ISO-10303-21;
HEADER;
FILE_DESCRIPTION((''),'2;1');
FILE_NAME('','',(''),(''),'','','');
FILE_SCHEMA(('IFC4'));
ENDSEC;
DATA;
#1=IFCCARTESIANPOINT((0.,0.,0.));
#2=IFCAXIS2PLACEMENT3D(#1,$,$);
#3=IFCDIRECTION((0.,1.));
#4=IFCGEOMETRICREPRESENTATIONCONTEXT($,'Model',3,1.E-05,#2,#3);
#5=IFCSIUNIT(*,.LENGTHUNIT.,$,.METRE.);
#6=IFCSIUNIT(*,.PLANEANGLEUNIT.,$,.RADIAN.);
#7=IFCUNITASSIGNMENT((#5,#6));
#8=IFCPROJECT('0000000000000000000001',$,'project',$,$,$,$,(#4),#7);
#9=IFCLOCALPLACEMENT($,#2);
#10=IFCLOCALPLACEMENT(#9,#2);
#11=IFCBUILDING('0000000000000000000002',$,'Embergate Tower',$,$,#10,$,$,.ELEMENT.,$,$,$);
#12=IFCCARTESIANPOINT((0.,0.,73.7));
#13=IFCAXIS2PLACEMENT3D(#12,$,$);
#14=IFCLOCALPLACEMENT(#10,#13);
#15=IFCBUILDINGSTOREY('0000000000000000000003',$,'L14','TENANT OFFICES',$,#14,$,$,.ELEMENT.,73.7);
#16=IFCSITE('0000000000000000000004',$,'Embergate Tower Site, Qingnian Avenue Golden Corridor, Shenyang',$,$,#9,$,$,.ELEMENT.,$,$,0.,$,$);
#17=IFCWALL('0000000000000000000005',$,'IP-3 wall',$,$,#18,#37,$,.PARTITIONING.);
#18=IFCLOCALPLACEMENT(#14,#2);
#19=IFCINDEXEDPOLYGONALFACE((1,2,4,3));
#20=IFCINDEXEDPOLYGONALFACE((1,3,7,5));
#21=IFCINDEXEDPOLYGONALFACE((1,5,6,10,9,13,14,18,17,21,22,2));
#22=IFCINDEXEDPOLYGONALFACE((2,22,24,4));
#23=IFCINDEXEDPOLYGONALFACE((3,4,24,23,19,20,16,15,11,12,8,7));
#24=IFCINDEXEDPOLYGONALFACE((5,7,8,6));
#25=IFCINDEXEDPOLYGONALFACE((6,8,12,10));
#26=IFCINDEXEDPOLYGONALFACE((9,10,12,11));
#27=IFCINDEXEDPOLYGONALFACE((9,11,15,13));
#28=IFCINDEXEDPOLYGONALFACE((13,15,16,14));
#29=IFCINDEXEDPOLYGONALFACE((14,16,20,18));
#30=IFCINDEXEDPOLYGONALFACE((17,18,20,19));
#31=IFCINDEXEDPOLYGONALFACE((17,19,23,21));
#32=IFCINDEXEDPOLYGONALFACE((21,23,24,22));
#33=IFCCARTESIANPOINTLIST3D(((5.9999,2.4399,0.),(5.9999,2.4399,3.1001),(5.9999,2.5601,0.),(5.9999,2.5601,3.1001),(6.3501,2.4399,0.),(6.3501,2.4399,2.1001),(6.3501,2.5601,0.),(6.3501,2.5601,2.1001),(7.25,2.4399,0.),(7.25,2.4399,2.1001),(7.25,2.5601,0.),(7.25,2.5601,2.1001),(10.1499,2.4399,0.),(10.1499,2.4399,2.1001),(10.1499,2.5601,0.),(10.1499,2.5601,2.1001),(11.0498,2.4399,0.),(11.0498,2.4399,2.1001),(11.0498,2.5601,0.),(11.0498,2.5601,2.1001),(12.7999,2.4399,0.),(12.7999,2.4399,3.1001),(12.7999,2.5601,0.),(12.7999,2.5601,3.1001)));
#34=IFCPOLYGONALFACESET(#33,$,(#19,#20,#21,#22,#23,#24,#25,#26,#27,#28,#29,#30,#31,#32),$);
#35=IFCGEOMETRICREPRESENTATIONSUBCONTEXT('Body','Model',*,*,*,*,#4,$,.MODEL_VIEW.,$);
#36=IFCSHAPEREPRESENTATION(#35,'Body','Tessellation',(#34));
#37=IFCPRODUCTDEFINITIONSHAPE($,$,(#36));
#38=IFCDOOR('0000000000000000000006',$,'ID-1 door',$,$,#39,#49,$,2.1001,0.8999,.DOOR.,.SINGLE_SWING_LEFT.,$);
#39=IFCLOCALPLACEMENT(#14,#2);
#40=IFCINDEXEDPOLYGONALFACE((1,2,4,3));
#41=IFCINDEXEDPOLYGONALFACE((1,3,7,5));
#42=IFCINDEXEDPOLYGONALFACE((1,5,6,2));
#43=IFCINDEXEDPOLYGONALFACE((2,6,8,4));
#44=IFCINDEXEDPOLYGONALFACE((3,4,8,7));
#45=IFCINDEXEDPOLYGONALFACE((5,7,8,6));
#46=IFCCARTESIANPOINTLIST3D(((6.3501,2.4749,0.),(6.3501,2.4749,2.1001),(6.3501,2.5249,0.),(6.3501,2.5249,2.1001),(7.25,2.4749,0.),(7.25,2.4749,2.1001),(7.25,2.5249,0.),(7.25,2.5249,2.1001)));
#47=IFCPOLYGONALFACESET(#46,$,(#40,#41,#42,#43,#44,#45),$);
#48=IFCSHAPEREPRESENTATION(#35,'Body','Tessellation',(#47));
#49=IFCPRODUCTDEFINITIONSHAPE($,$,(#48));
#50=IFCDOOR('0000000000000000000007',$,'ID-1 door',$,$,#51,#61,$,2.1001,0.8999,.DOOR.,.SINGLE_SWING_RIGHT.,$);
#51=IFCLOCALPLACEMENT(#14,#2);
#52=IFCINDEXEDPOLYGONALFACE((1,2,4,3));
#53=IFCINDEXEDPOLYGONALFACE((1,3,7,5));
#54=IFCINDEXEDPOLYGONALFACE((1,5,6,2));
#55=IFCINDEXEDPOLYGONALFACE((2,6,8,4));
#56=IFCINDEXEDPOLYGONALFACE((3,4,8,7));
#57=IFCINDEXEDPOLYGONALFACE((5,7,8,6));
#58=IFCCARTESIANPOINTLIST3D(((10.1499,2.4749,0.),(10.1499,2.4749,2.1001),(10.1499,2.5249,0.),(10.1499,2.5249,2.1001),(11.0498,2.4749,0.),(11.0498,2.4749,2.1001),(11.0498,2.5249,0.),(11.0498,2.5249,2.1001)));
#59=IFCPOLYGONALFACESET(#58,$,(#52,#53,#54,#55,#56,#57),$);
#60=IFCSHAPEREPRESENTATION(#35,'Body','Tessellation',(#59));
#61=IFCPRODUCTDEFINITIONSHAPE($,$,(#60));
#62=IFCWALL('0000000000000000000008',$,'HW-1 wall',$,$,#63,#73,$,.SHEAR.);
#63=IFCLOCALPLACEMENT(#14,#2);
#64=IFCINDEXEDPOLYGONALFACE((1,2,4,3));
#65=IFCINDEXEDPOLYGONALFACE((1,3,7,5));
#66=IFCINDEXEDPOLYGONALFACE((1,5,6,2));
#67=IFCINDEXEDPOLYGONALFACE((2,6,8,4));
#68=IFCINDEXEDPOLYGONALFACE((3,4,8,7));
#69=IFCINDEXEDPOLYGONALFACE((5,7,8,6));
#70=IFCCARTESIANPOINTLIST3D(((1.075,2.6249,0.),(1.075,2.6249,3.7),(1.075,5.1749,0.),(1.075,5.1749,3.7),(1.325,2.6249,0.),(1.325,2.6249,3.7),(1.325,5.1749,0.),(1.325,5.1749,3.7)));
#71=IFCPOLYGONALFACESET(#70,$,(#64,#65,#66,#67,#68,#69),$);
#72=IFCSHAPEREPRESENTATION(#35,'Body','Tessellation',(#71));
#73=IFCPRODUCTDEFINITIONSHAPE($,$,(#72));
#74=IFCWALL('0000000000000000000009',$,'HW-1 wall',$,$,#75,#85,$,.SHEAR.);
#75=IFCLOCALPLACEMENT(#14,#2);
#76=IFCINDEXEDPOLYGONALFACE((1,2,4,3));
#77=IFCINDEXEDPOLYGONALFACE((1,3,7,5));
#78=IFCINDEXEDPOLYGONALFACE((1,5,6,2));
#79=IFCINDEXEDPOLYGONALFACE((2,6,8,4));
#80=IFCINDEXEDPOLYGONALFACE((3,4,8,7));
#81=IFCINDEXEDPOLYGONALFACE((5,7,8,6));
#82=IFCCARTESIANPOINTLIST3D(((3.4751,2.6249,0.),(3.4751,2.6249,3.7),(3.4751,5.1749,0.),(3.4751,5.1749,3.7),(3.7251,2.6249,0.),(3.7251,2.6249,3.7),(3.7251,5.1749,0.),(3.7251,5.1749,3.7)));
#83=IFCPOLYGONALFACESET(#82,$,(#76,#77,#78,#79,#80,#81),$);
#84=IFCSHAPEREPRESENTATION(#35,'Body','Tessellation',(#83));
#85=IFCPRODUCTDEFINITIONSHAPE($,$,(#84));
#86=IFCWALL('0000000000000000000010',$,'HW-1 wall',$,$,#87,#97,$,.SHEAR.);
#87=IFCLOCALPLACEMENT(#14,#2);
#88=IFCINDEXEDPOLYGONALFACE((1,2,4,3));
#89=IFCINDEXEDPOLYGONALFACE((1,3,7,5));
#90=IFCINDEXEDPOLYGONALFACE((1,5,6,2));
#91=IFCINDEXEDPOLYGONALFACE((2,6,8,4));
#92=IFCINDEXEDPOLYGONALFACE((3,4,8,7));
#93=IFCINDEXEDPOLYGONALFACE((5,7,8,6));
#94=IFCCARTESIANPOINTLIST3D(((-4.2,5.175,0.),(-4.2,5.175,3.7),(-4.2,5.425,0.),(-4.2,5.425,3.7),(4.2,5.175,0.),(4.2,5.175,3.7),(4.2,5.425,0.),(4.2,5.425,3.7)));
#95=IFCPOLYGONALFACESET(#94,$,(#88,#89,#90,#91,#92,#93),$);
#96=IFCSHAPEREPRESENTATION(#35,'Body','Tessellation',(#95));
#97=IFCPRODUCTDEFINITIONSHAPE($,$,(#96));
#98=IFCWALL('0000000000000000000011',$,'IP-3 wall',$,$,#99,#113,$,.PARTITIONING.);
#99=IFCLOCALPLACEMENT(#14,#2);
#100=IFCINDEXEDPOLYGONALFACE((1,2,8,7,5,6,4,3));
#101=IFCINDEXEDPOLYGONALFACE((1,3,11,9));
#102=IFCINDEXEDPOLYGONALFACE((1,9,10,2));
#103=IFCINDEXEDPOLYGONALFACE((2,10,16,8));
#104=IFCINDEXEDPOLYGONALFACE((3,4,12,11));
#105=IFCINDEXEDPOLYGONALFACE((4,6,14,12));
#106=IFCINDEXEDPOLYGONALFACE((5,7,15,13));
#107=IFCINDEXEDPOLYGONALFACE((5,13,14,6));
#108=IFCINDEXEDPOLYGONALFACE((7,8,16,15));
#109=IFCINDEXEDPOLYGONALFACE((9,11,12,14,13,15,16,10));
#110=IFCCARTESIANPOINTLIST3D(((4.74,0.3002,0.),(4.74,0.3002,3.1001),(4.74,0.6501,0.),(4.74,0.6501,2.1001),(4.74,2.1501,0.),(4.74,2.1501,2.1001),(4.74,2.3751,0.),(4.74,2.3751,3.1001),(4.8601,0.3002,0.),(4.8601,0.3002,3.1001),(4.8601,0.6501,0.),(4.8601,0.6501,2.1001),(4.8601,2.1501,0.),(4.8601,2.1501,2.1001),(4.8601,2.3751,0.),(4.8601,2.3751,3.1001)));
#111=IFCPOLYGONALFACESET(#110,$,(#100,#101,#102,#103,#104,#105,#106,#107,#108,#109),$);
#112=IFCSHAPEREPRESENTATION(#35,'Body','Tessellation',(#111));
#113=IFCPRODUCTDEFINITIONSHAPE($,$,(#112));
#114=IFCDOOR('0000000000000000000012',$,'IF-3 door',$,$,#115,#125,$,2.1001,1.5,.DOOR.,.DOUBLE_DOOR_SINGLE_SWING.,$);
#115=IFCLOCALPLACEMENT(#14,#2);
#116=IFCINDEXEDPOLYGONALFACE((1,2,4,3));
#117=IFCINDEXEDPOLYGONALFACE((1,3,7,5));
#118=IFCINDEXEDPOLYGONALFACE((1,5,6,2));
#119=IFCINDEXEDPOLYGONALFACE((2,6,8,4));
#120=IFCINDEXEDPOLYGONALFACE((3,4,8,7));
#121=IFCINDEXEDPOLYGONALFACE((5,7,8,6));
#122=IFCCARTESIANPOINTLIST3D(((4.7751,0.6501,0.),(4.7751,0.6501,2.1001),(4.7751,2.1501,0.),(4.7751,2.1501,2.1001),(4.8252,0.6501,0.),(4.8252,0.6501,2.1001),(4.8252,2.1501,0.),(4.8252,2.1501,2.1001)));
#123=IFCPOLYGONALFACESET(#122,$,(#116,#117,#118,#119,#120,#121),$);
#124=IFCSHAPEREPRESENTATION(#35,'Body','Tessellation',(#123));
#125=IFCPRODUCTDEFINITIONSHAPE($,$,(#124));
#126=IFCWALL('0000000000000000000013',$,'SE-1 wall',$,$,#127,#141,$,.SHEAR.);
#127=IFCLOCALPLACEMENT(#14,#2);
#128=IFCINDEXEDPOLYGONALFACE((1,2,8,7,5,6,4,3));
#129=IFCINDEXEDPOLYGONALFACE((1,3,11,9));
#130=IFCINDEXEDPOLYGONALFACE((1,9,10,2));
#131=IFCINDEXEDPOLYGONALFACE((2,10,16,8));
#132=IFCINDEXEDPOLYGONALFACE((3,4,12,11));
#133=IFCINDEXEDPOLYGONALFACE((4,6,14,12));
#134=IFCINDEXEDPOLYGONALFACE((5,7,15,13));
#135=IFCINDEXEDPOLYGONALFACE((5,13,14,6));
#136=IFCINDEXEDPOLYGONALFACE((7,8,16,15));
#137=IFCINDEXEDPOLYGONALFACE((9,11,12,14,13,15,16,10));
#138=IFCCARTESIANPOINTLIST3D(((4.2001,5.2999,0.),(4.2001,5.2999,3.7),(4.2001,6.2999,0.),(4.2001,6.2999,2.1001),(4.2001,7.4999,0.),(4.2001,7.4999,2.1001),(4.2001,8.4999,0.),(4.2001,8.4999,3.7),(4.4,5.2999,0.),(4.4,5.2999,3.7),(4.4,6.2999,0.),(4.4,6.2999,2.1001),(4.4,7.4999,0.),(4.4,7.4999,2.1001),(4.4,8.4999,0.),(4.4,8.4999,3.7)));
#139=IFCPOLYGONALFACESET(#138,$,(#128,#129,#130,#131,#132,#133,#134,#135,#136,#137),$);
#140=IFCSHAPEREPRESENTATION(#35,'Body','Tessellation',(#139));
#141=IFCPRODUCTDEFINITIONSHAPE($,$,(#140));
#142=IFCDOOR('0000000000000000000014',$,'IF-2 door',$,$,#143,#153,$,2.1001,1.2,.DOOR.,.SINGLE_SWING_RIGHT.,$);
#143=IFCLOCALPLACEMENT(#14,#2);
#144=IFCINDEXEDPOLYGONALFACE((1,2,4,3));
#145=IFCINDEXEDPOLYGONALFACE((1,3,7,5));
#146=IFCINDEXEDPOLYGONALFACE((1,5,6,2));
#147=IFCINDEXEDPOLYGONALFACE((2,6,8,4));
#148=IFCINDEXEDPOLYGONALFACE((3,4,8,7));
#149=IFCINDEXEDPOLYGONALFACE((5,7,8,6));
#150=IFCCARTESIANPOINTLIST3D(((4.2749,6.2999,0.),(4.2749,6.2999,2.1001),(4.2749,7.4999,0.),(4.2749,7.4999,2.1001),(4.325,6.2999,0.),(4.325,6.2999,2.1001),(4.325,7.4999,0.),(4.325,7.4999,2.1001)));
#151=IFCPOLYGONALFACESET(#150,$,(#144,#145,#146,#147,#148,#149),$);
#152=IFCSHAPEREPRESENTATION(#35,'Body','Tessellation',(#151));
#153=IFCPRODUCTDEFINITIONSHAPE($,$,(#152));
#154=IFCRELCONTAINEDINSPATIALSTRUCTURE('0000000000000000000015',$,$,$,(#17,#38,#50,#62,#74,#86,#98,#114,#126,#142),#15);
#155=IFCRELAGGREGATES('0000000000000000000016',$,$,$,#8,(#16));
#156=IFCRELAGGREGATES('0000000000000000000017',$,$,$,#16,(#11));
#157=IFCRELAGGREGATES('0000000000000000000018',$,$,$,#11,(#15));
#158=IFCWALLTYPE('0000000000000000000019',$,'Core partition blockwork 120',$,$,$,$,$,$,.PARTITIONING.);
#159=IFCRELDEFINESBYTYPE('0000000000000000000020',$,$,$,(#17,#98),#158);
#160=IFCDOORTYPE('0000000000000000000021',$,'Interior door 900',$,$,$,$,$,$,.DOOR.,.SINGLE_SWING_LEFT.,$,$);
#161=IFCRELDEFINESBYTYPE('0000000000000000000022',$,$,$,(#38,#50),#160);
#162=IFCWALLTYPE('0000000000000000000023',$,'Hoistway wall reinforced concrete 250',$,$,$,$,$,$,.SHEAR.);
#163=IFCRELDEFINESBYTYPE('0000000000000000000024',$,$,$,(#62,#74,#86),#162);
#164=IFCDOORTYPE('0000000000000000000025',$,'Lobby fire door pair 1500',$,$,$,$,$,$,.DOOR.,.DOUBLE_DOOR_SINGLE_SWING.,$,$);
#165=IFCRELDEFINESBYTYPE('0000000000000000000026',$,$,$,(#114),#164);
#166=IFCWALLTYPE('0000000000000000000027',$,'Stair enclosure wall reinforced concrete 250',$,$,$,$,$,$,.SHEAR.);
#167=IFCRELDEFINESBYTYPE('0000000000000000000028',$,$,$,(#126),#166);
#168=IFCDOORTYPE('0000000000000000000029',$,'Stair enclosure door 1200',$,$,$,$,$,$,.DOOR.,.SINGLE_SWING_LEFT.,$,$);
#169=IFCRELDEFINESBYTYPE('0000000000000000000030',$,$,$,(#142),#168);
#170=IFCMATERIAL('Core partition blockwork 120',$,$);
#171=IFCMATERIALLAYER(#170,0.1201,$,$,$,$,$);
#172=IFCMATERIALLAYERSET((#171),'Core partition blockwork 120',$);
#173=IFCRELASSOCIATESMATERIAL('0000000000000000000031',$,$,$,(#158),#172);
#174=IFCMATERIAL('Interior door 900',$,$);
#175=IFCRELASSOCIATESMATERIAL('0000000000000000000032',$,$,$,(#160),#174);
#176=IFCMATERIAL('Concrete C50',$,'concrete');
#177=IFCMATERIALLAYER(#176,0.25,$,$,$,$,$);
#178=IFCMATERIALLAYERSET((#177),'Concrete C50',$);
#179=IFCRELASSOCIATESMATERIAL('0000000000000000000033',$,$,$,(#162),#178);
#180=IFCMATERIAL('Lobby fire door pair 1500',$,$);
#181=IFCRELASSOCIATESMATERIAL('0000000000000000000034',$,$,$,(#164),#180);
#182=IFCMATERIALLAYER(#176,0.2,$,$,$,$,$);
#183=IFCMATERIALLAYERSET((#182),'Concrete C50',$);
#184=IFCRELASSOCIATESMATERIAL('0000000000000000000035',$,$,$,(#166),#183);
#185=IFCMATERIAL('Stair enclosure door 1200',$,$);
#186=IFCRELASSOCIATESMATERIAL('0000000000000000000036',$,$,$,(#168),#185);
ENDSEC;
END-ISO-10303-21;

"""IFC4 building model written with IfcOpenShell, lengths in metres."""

from ifc_helpers import new_model, si_unit, direction, frame, frame_2d, origin, place, context, subcontext, project, spatial, rectangle, extrude, source, transform, mapped, material, layer, layer_set, type_object, element, fill, save


model = new_model("IFC4")

# Units and contexts
model_context = context("Model", 3, precision=1e-05, world=origin(), true_north=direction((0.0, 1.0)))
body_context = subcontext(model_context, "Body", "Model", "MODEL_VIEW")
ifc_project = project(units=[si_unit("LENGTHUNIT", "METRE"), si_unit("PLANEANGLEUNIT", "RADIAN")], contexts=[model_context])

# Site, building, storey
site_placement = place(None, origin())
site = spatial("IfcSite", under=ifc_project, at=site_placement, Name="Embergate Tower Site, Qingnian Avenue Golden Corridor, Shenyang", CompositionType="ELEMENT", RefElevation=0.0)
building_placement = place(site_placement, origin())
building = spatial("IfcBuilding", under=site, at=building_placement, Name="Embergate Tower", CompositionType="ELEMENT")
storey_placement = place(building_placement, frame((0.0, 0.0, 73.7)))
storey = spatial("IfcBuildingStorey", under=building, at=storey_placement, Name="L14", Description="TENANT OFFICES", CompositionType="ELEMENT", Elevation=73.7)

# Wall, openings, doors
ifc_material_1 = material(Name="Core partition blockwork 120")
ifc_layer_1 = layer(ifc_material_1, 0.1201)
ifc_layer_set_1 = layer_set([ifc_layer_1], Name="Core partition blockwork 120")
wall_type_1 = type_object("IfcWallType", Name="Core partition blockwork 120", PredefinedType="PARTITIONING", material=ifc_layer_set_1)
shared_shape_1 = source(origin(), body_context, "Body", "SweptSolid", [
    extrude(rectangle(XDim=6.8, YDim=0.1201, at=frame_2d((3.3999, 0.0))), origin(), (0.0, 0.0, 1.0), 3.1001),
])
wall_1_placement = place(storey_placement, frame((6.0, 2.5, 0.0), z_axis=(0.0, 0.0, 1.0), x_axis=(1.0, 0.0, 0.0)))
wall_1 = element("IfcWall", 1, at=wall_1_placement, inside=storey, type_object=wall_type_1, Name="IP-3 wall", PredefinedType="PARTITIONING", context=body_context, shape_type="MappedRepresentation", body=[
    mapped(shared_shape_1, transform((0.0, 0.0, 0.0))),
])
shared_shape_2 = source(origin(), body_context, "Body", "SweptSolid", [
    extrude(rectangle(XDim=0.8999, YDim=2.1001, at=frame_2d((0.45, 1.05))), frame((0.0, 0.0701, 0.0), z_axis=(0.0, -1.0, 0.0), x_axis=(1.0, 0.0, 0.0)), (0.0, 0.0, 1.0), 0.1401),
])
opening_1_placement = place(wall_1_placement, frame((0.3501, 0.0, 0.0)))
opening_1 = element("IfcOpeningElement", 2, at=opening_1_placement, cuts=wall_1, PredefinedType="OPENING", context=body_context, shape_type="MappedRepresentation", body=[
    mapped(shared_shape_2, transform((0.0, 0.0, 0.0))),
])
opening_2_placement = place(wall_1_placement, frame((4.1499, 0.0, 0.0)))
opening_2 = element("IfcOpeningElement", 3, at=opening_2_placement, cuts=wall_1, PredefinedType="OPENING", context=body_context, shape_type="MappedRepresentation", body=[
    mapped(shared_shape_2, transform((0.0, 0.0, 0.0))),
])
ifc_material_2 = material(Name="Interior door 900")
door_type_1 = type_object("IfcDoorType", Name="Interior door 900", OperationType="SINGLE_SWING_LEFT", PredefinedType="DOOR", material=ifc_material_2)
shared_shape_3 = source(origin(), body_context, "Body", "SweptSolid", [
    extrude(rectangle(XDim=0.8999, YDim=2.1001, at=frame_2d((0.45, 1.05))), frame((0.0, 0.0249, 0.0), z_axis=(0.0, -1.0, 0.0), x_axis=(1.0, 0.0, 0.0)), (0.0, 0.0, 1.0), 0.05),
])
door_1_placement = place(opening_1_placement, origin())
door_1 = element("IfcDoor", 4, at=door_1_placement, inside=storey, type_object=door_type_1, Name="ID-1 door", OperationType="SINGLE_SWING_LEFT", OverallHeight=2.1001, OverallWidth=0.8999, PredefinedType="DOOR", context=body_context, shape_type="MappedRepresentation", body=[
    mapped(shared_shape_3, transform((0.0, 0.0, 0.0))),
])
fill(opening_1, door_1)
door_2_placement = place(opening_2_placement, origin())
door_2 = element("IfcDoor", 5, at=door_2_placement, inside=storey, type_object=door_type_1, Name="ID-1 door", OperationType="SINGLE_SWING_RIGHT", OverallHeight=2.1001, OverallWidth=0.8999, PredefinedType="DOOR", context=body_context, shape_type="MappedRepresentation", body=[
    mapped(shared_shape_3, transform((0.0, 0.0, 0.0))),
])
fill(opening_2, door_2)

# Walls
ifc_material_3 = material(Name="Concrete C50", Category="concrete")
ifc_layer_2 = layer(ifc_material_3, 0.25)
ifc_layer_set_2 = layer_set([ifc_layer_2], Name="Concrete C50")
wall_type_2 = type_object("IfcWallType", Name="Hoistway wall reinforced concrete 250", PredefinedType="SHEAR", material=ifc_layer_set_2)
shared_shape_4 = source(origin(), body_context, "Body", "SweptSolid", [
    extrude(rectangle(XDim=2.55, YDim=0.25, at=frame_2d((1.2749, 0.0))), origin(), (0.0, 0.0, 1.0), 3.7),
])
for number, where, z_axis, x_axis, name in (
    (6, (1.2, 2.625, 0.0), (0.0, 0.0, 1.0), (0.0, 1.0, 0.0), "HW-1 wall"),
    (7, (3.6001, 2.625, 0.0), (0.0, 0.0, 1.0), (0.0, 1.0, 0.0), "HW-1 wall"),
):
    element("IfcWall", number, at=place(storey_placement, frame(where, z_axis=z_axis, x_axis=x_axis)), inside=storey, type_object=wall_type_2, Name=name, PredefinedType="SHEAR", context=body_context, shape_type="MappedRepresentation", body=[
        mapped(shared_shape_4, transform((0.0, 0.0, 0.0))),
    ])
shared_shape_5 = source(origin(), body_context, "Body", "SweptSolid", [
    extrude(rectangle(XDim=8.3999, YDim=0.25, at=frame_2d((4.2, 0.0))), origin(), (0.0, 0.0, 1.0), 3.7),
])
wall_2_placement = place(storey_placement, frame((4.2, 5.3, 0.0), z_axis=(0.0, 0.0, 1.0), x_axis=(-1.0, 0.0, 0.0)))
element("IfcWall", 8, at=wall_2_placement, inside=storey, type_object=wall_type_2, Name="HW-1 wall", PredefinedType="SHEAR", context=body_context, shape_type="MappedRepresentation", body=[
    mapped(shared_shape_5, transform((0.0, 0.0, 0.0))),
])

# Walls, openings, doors
shared_shape_6 = source(origin(), body_context, "Body", "SweptSolid", [
    extrude(rectangle(XDim=2.075, YDim=0.1201, at=frame_2d((1.0376, 0.0))), origin(), (0.0, 0.0, 1.0), 3.1001),
])
wall_3_placement = place(storey_placement, frame((4.8, 0.3, 0.0), z_axis=(0.0, 0.0, 1.0), x_axis=(0.0, 1.0, 0.0)))
wall_3 = element("IfcWall", 9, at=wall_3_placement, inside=storey, type_object=wall_type_1, Name="IP-3 wall", PredefinedType="PARTITIONING", context=body_context, shape_type="MappedRepresentation", body=[
    mapped(shared_shape_6, transform((0.0, 0.0, 0.0))),
])
shared_shape_7 = source(origin(), body_context, "Body", "SweptSolid", [
    extrude(rectangle(XDim=1.5, YDim=2.1001, at=frame_2d((0.75, 1.05))), frame((0.0, 0.0701, 0.0), z_axis=(0.0, -1.0, 0.0), x_axis=(1.0, 0.0, 0.0)), (0.0, 0.0, 1.0), 0.1401),
])
opening_3_placement = place(wall_3_placement, frame((0.3501, 0.0, 0.0)))
opening_3 = element("IfcOpeningElement", 10, at=opening_3_placement, cuts=wall_3, PredefinedType="OPENING", context=body_context, shape_type="MappedRepresentation", body=[
    mapped(shared_shape_7, transform((0.0, 0.0, 0.0))),
])
ifc_material_4 = material(Name="Lobby fire door pair 1500")
door_type_2 = type_object("IfcDoorType", Name="Lobby fire door pair 1500", OperationType="DOUBLE_DOOR_SINGLE_SWING", PredefinedType="DOOR", material=ifc_material_4)
shared_shape_8 = source(origin(), body_context, "Body", "SweptSolid", [
    extrude(rectangle(XDim=1.5, YDim=2.1001, at=frame_2d((0.75, 1.05))), frame((0.0, 0.0249, 0.0), z_axis=(0.0, -1.0, 0.0), x_axis=(1.0, 0.0, 0.0)), (0.0, 0.0, 1.0), 0.05),
])
door_3_placement = place(opening_3_placement, origin())
door_3 = element("IfcDoor", 11, at=door_3_placement, inside=storey, type_object=door_type_2, Name="IF-3 door", OperationType="DOUBLE_DOOR_SINGLE_SWING", OverallHeight=2.1001, OverallWidth=1.5, PredefinedType="DOOR", context=body_context, shape_type="MappedRepresentation", body=[
    mapped(shared_shape_8, transform((0.0, 0.0, 0.0))),
])
fill(opening_3, door_3)
ifc_layer_3 = layer(ifc_material_3, 0.2)
ifc_layer_set_3 = layer_set([ifc_layer_3], Name="Concrete C50")
wall_type_3 = type_object("IfcWallType", Name="Stair enclosure wall reinforced concrete 250", PredefinedType="SHEAR", material=ifc_layer_set_3)
shared_shape_9 = source(origin(), body_context, "Body", "SweptSolid", [
    extrude(rectangle(XDim=3.2, YDim=0.2, at=frame_2d((1.6001, 0.0))), origin(), (0.0, 0.0, 1.0), 3.7),
])
wall_4_placement = place(storey_placement, frame((4.3, 8.5, 0.0), z_axis=(0.0, 0.0, 1.0), x_axis=(0.0, -1.0, 0.0)))
wall_4 = element("IfcWall", 12, at=wall_4_placement, inside=storey, type_object=wall_type_3, Name="SE-1 wall", PredefinedType="SHEAR", context=body_context, shape_type="MappedRepresentation", body=[
    mapped(shared_shape_9, transform((0.0, 0.0, 0.0))),
])
shared_shape_10 = source(origin(), body_context, "Body", "SweptSolid", [
    extrude(rectangle(XDim=1.2, YDim=2.1001, at=frame_2d((0.6001, 1.05))), frame((0.0, 0.1099, 0.0), z_axis=(0.0, -1.0, 0.0), x_axis=(1.0, 0.0, 0.0)), (0.0, 0.0, 1.0), 0.22),
])
opening_4_placement = place(wall_4_placement, frame((1.0, 0.0, 0.0)))
opening_4 = element("IfcOpeningElement", 13, at=opening_4_placement, cuts=wall_4, PredefinedType="OPENING", context=body_context, shape_type="MappedRepresentation", body=[
    mapped(shared_shape_10, transform((0.0, 0.0, 0.0))),
])
ifc_material_5 = material(Name="Stair enclosure door 1200")
door_type_3 = type_object("IfcDoorType", Name="Stair enclosure door 1200", OperationType="SINGLE_SWING_LEFT", PredefinedType="DOOR", material=ifc_material_5)
shared_shape_11 = source(origin(), body_context, "Body", "SweptSolid", [
    extrude(rectangle(XDim=1.2, YDim=2.1001, at=frame_2d((0.6001, 1.05))), frame((0.0, 0.0249, 0.0), z_axis=(0.0, -1.0, 0.0), x_axis=(1.0, 0.0, 0.0)), (0.0, 0.0, 1.0), 0.05),
])
door_4_placement = place(opening_4_placement, origin())
door_4 = element("IfcDoor", 14, at=door_4_placement, inside=storey, type_object=door_type_3, Name="IF-2 door", OperationType="SINGLE_SWING_RIGHT", OverallHeight=2.1001, OverallWidth=1.2, PredefinedType="DOOR", context=body_context, shape_type="MappedRepresentation", body=[
    mapped(shared_shape_11, transform((0.0, 0.0, 0.0))),
])
fill(opening_4, door_4)

save(model, "model.ifc")
